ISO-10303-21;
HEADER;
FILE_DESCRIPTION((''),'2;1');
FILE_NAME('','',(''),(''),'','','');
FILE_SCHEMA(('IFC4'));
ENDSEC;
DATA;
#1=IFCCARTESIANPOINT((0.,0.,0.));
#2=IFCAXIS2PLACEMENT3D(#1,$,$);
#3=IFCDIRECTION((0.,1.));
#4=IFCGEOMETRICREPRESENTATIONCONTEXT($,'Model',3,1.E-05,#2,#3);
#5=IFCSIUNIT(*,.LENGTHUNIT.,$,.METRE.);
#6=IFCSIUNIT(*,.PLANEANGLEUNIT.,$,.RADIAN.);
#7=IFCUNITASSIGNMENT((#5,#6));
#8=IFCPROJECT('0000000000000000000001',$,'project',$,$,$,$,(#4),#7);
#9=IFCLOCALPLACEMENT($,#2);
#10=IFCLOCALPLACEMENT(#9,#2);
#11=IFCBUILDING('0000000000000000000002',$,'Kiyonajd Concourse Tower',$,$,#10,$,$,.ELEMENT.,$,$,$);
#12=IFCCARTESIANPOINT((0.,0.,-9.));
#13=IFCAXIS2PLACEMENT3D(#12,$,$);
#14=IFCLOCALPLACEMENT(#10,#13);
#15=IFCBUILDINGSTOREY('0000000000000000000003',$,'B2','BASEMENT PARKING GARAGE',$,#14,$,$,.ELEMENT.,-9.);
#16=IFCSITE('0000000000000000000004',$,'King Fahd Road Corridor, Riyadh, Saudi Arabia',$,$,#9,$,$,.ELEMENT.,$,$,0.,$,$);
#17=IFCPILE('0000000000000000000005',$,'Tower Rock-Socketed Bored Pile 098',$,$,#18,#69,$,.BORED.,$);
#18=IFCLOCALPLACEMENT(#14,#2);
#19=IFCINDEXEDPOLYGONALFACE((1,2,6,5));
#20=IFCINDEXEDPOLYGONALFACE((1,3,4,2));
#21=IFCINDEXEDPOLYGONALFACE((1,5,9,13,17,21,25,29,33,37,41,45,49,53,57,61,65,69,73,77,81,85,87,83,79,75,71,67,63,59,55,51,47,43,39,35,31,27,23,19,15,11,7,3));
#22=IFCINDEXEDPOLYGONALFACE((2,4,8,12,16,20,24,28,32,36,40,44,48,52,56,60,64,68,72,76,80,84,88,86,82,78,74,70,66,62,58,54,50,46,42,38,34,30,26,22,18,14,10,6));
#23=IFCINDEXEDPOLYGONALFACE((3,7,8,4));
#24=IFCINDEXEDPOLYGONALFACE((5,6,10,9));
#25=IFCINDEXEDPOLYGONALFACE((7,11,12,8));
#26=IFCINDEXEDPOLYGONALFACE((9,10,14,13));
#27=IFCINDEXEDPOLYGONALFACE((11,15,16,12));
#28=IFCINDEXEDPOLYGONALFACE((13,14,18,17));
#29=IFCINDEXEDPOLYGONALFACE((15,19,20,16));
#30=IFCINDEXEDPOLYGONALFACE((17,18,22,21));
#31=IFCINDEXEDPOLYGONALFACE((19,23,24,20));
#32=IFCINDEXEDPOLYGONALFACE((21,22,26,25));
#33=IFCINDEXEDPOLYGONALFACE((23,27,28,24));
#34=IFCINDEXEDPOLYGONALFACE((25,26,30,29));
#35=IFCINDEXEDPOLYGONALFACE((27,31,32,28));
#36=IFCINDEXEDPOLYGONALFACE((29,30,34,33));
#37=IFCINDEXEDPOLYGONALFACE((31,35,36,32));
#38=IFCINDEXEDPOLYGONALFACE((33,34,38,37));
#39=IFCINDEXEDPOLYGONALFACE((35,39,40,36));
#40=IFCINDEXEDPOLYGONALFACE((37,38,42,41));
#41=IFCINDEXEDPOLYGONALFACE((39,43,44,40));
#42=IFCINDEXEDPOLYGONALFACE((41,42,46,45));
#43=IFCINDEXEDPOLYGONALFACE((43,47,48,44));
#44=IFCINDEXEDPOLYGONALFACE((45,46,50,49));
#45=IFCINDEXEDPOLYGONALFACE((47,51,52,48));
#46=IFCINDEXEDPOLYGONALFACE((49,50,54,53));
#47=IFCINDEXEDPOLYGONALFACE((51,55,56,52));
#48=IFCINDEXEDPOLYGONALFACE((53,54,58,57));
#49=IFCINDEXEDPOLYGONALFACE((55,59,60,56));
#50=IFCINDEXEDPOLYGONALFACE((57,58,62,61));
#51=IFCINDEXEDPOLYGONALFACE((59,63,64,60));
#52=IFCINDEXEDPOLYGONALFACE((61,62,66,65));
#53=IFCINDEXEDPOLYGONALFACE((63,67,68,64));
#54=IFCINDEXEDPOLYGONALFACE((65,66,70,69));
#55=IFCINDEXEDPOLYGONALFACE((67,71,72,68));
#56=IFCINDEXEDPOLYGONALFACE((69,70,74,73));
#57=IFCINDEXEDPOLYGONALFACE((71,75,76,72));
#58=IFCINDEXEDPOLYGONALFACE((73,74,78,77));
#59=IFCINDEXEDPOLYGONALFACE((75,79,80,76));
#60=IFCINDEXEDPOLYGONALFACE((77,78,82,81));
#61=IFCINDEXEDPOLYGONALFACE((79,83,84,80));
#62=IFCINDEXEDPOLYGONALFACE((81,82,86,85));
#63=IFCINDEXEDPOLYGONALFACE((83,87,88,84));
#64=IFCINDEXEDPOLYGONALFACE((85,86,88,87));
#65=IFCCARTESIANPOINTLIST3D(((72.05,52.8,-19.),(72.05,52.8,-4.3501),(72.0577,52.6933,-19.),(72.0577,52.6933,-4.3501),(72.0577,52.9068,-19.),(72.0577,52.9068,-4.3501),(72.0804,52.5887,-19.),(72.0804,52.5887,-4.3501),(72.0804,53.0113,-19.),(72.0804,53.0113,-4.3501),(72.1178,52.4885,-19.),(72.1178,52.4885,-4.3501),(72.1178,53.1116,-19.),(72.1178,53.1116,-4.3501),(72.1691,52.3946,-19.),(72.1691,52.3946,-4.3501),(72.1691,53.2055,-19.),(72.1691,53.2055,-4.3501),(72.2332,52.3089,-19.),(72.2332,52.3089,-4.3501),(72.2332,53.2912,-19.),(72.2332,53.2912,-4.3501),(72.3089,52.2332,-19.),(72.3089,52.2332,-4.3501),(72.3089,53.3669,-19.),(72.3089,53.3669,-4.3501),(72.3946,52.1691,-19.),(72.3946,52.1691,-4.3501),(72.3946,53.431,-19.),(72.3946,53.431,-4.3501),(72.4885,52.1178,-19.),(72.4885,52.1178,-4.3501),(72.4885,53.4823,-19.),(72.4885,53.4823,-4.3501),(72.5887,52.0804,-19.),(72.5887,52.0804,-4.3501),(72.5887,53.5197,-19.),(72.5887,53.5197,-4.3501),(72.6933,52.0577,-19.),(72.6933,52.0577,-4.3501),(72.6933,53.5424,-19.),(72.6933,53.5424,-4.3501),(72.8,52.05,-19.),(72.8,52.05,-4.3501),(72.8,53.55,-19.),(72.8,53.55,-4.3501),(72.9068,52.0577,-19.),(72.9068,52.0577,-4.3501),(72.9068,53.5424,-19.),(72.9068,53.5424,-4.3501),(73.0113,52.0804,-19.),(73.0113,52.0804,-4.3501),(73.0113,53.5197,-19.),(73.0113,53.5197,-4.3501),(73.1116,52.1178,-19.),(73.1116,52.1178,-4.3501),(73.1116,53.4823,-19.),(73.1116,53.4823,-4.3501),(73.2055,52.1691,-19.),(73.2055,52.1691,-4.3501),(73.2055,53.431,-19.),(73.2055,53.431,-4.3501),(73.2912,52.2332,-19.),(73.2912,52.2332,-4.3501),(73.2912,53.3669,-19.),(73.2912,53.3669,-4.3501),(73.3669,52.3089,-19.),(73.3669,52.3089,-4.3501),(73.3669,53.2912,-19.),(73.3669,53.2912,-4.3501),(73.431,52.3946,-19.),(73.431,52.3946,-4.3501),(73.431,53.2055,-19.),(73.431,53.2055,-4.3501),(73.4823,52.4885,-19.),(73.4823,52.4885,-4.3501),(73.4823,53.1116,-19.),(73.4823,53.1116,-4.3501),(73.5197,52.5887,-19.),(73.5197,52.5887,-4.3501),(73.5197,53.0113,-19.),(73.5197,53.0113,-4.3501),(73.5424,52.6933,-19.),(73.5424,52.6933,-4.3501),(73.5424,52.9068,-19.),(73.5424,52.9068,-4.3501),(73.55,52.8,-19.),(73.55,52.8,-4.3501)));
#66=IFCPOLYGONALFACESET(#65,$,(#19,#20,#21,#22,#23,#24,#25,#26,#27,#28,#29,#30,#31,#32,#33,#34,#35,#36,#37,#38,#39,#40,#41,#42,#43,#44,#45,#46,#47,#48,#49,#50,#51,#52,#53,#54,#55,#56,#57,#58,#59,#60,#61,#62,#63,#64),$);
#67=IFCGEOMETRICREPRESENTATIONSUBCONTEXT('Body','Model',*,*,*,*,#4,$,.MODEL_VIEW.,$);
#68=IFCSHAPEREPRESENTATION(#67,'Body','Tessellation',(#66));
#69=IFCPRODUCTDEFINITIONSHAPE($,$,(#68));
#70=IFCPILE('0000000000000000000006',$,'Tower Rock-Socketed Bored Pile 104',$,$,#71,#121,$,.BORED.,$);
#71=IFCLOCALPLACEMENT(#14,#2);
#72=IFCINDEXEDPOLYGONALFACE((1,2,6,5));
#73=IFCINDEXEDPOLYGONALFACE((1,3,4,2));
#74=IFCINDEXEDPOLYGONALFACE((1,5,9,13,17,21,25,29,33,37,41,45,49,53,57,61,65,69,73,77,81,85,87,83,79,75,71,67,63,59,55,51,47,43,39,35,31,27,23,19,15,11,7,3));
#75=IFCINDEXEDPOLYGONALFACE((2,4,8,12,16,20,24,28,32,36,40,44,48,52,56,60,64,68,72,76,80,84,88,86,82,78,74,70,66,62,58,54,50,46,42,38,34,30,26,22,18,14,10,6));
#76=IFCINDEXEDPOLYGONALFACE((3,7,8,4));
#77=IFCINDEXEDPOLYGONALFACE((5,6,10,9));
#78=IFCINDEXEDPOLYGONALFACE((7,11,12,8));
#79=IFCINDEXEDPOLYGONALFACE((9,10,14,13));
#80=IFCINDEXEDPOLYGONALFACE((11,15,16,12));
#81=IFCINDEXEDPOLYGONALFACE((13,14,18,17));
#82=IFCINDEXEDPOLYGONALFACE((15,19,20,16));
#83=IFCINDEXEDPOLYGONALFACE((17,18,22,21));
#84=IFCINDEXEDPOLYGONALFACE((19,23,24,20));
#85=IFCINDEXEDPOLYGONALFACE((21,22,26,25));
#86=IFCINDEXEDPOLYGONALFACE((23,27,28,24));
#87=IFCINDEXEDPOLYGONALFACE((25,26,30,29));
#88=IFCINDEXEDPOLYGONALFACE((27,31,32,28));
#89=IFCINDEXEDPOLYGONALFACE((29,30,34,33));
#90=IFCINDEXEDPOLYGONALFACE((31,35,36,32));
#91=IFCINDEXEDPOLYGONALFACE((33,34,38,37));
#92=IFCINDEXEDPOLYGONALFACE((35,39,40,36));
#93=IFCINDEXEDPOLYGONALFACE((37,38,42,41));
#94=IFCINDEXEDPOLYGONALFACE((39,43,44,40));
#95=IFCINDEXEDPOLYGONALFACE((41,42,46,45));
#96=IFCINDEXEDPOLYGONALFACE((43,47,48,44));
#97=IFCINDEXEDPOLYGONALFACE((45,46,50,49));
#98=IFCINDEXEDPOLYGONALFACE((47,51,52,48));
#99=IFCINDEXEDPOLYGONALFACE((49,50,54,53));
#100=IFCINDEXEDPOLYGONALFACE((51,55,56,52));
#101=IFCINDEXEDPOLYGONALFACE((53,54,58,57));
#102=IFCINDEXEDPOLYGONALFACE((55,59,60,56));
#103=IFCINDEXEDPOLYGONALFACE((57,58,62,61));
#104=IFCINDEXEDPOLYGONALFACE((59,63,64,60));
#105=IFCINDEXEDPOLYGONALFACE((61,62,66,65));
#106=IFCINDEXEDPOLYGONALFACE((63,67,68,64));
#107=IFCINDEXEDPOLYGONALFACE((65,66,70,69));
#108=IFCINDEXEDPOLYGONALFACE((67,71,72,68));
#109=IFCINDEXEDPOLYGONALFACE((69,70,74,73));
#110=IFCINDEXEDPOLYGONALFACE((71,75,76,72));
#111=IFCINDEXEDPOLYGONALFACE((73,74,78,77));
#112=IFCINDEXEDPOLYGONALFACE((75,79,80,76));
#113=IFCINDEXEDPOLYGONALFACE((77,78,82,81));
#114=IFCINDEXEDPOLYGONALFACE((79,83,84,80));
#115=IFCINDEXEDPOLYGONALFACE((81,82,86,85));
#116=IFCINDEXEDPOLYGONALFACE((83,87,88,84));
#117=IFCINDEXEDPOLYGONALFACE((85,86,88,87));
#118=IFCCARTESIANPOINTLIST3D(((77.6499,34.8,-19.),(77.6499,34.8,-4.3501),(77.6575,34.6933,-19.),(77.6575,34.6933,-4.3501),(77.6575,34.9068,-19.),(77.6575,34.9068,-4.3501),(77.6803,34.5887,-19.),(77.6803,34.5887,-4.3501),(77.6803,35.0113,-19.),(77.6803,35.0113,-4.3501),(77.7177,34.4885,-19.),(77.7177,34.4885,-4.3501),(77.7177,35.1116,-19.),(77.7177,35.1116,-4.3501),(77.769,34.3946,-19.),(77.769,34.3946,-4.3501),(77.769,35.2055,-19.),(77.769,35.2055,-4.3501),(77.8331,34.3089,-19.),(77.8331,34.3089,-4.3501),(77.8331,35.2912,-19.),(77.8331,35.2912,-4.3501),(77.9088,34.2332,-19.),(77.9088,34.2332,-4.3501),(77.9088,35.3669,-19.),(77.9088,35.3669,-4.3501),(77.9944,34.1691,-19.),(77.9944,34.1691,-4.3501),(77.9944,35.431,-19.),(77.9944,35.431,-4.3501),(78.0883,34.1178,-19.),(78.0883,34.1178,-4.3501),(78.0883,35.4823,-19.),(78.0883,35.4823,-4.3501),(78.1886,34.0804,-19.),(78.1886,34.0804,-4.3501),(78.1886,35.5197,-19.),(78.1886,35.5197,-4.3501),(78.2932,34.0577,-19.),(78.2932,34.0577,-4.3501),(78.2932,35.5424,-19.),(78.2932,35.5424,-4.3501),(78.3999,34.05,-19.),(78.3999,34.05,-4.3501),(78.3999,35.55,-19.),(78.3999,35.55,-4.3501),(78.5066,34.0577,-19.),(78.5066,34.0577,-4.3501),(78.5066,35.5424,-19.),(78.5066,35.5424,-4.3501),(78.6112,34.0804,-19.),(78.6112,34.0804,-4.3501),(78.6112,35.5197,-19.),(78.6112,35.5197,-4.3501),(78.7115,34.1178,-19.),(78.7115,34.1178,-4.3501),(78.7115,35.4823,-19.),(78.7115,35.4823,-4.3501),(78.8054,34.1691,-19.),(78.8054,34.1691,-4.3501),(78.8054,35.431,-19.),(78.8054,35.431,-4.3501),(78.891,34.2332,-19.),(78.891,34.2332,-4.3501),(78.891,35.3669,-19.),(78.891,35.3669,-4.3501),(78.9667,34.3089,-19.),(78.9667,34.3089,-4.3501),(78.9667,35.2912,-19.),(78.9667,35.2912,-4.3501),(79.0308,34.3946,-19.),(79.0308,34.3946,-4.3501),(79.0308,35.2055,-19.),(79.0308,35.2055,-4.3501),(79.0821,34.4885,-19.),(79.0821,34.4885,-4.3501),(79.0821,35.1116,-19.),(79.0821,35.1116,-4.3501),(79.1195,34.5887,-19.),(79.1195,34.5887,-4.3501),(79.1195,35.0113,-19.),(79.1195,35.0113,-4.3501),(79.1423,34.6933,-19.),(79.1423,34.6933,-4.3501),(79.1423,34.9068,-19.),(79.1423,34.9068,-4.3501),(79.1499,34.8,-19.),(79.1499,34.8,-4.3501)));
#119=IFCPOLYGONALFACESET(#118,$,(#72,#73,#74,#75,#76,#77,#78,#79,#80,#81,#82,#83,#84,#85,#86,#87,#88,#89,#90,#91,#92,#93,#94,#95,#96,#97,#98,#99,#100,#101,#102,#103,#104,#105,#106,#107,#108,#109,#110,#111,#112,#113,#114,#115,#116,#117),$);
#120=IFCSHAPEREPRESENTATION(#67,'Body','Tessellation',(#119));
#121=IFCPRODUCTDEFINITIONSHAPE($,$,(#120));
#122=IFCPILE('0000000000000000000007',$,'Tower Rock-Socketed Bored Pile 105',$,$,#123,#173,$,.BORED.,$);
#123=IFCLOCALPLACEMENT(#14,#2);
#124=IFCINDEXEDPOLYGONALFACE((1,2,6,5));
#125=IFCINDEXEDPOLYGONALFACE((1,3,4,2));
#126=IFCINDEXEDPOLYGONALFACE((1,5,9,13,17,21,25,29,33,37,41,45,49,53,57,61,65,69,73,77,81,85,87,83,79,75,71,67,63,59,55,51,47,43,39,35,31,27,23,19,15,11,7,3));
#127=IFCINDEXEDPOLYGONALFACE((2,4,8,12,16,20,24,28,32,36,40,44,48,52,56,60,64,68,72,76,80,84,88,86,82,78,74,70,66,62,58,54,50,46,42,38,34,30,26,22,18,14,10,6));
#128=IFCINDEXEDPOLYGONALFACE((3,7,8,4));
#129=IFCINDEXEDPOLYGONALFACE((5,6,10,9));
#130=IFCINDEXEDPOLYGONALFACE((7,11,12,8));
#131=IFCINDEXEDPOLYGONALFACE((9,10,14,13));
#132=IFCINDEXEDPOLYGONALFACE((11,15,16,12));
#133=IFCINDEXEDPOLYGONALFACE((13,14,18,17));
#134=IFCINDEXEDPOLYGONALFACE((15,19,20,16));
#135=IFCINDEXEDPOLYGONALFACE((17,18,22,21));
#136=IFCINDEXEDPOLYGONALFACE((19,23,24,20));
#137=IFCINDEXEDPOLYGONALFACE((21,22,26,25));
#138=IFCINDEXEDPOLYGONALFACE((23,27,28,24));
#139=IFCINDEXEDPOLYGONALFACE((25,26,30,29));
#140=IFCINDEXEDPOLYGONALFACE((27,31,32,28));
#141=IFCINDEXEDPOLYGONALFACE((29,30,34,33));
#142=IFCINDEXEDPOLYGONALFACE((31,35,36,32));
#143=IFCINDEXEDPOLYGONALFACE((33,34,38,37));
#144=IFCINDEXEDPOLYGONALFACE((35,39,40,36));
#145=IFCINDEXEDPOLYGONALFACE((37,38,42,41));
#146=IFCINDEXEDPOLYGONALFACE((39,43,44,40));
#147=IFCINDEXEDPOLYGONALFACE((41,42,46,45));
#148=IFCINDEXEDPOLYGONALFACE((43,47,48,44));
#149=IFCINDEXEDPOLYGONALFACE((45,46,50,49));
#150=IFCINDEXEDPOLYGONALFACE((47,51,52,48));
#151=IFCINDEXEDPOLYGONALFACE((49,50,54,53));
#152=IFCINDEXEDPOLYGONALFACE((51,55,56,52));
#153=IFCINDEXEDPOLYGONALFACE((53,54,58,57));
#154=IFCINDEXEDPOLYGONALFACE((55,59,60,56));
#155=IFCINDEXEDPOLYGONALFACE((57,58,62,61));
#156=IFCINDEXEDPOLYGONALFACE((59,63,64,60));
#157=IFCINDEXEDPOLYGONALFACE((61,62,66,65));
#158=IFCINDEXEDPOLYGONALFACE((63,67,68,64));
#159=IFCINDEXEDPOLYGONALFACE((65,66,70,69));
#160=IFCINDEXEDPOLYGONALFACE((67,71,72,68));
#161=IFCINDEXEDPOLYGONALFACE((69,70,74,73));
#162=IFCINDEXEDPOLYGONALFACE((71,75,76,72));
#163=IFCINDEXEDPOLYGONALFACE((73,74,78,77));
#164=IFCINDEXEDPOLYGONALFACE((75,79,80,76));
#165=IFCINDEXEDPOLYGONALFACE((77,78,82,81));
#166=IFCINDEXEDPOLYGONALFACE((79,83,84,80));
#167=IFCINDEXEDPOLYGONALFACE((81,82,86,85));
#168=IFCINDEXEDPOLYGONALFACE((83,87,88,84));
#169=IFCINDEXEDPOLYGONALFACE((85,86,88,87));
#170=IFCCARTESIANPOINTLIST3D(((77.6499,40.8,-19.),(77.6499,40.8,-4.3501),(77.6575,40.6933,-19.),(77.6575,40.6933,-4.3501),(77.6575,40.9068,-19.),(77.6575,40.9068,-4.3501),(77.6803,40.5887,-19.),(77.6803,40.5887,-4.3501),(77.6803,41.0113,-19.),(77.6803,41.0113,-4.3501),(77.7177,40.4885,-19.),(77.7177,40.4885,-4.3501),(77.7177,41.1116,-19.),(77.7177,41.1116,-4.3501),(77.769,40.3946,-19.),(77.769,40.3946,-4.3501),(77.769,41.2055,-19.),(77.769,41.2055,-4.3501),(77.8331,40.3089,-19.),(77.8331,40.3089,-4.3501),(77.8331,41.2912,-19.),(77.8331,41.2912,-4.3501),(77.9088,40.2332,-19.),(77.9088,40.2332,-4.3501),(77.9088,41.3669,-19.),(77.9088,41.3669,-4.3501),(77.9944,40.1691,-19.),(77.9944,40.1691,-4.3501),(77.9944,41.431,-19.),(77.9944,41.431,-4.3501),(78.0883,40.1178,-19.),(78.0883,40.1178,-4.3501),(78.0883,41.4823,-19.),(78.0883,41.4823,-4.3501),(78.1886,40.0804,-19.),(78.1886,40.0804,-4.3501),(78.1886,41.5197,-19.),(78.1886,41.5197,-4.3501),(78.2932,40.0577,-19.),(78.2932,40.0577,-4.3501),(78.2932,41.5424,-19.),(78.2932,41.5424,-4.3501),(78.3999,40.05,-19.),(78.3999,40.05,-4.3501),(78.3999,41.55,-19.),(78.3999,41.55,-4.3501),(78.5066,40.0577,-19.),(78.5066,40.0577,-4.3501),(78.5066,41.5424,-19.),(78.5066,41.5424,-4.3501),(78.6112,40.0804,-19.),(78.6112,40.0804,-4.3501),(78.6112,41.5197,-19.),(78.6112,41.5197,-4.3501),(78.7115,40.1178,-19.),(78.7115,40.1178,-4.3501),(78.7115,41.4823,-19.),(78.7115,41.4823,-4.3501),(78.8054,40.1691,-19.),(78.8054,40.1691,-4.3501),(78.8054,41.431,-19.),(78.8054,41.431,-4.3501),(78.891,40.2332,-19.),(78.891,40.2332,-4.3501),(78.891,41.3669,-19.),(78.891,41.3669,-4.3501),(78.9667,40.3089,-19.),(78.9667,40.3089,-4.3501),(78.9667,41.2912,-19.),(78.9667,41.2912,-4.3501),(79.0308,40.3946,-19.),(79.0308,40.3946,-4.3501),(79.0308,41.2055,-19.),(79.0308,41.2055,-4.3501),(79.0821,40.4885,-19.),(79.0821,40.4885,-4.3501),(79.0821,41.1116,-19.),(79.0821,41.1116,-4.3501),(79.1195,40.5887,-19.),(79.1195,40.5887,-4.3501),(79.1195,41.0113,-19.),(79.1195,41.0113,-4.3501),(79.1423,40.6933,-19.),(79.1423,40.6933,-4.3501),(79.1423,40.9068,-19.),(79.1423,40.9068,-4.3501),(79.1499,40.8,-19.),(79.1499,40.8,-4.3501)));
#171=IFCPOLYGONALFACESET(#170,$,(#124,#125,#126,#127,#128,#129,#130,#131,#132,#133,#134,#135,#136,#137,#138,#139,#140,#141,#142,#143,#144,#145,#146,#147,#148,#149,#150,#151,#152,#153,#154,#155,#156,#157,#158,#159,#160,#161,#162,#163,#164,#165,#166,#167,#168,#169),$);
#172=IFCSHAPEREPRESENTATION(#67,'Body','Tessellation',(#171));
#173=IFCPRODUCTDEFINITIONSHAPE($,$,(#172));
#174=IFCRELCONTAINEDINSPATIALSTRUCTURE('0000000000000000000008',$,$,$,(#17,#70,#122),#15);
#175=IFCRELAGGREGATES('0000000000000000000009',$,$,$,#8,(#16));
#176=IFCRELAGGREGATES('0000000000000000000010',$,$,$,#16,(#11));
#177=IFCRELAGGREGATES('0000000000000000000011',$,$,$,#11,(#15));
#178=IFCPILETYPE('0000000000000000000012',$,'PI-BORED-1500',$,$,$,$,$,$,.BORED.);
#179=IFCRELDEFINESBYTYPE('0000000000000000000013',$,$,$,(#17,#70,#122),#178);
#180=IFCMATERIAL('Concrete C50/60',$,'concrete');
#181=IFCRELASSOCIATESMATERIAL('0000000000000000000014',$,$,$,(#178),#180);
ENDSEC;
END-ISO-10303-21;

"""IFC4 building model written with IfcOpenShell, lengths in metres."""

from ifc_helpers import new_model, si_unit, direction, frame, origin, origin_2d, place, context, subcontext, project, spatial, circle, extrude, material, material_profile, profile_set, type_object, element, save


model = new_model("IFC4")

# Units and contexts
model_context = context("Model", 3, precision=1e-05, world=origin(), true_north=direction((0.0, 1.0)))
body_context = subcontext(model_context, "Body", "Model", "MODEL_VIEW")
ifc_project = project(units=[si_unit("LENGTHUNIT", "METRE"), si_unit("PLANEANGLEUNIT", "RADIAN")], contexts=[model_context])

# Site, building, storey
site_placement = place(None, origin())
site = spatial("IfcSite", under=ifc_project, at=site_placement, Name="King Fahd Road Corridor, Riyadh, Saudi Arabia", CompositionType="ELEMENT", RefElevation=0.0)
building_placement = place(site_placement, origin())
building = spatial("IfcBuilding", under=site, at=building_placement, Name="Kiyonajd Concourse Tower", CompositionType="ELEMENT")
storey_placement = place(building_placement, frame((0.0, 0.0, -9.0)))
storey = spatial("IfcBuildingStorey", under=building, at=storey_placement, Name="B2", Description="BASEMENT PARKING GARAGE", CompositionType="ELEMENT", Elevation=-9.0)

# Piles
ifc_material_1 = material(Name="Concrete C50/60", Category="concrete")
ifc_material_profile_1 = material_profile(ifc_material_1, circle(Radius=0.75, at=origin_2d()), Name="PILE-D1500")
ifc_profile_set_1 = profile_set([ifc_material_profile_1], Name="Concrete C50/60")
pile_type = type_object("IfcPileType", Name="PI-BORED-1500", PredefinedType="BORED", material=ifc_profile_set_1)
for number, where, z_axis, x_axis, name in (
    (1, (72.8, 52.8, -4.3501), (0.0, 0.0, -1.0), (1.0, 0.0, 0.0), "Tower Rock-Socketed Bored Pile 098"),
    (2, (78.3999, 34.8, -4.3501), (0.0, 0.0, -1.0), (1.0, 0.0, 0.0), "Tower Rock-Socketed Bored Pile 104"),
    (3, (78.3999, 40.8, -4.3501), (0.0, 0.0, -1.0), (1.0, 0.0, 0.0), "Tower Rock-Socketed Bored Pile 105"),
):
    element("IfcPile", number, at=place(storey_placement, frame(where, z_axis=z_axis, x_axis=x_axis)), inside=storey, type_object=pile_type, Name=name, PredefinedType="BORED", context=body_context, shape_type="SweptSolid", body=[
        extrude(circle(Radius=0.75, at=origin_2d()), origin(), (0.0, 0.0, 1.0), 14.6499),
    ])

save(model, "model.ifc")
